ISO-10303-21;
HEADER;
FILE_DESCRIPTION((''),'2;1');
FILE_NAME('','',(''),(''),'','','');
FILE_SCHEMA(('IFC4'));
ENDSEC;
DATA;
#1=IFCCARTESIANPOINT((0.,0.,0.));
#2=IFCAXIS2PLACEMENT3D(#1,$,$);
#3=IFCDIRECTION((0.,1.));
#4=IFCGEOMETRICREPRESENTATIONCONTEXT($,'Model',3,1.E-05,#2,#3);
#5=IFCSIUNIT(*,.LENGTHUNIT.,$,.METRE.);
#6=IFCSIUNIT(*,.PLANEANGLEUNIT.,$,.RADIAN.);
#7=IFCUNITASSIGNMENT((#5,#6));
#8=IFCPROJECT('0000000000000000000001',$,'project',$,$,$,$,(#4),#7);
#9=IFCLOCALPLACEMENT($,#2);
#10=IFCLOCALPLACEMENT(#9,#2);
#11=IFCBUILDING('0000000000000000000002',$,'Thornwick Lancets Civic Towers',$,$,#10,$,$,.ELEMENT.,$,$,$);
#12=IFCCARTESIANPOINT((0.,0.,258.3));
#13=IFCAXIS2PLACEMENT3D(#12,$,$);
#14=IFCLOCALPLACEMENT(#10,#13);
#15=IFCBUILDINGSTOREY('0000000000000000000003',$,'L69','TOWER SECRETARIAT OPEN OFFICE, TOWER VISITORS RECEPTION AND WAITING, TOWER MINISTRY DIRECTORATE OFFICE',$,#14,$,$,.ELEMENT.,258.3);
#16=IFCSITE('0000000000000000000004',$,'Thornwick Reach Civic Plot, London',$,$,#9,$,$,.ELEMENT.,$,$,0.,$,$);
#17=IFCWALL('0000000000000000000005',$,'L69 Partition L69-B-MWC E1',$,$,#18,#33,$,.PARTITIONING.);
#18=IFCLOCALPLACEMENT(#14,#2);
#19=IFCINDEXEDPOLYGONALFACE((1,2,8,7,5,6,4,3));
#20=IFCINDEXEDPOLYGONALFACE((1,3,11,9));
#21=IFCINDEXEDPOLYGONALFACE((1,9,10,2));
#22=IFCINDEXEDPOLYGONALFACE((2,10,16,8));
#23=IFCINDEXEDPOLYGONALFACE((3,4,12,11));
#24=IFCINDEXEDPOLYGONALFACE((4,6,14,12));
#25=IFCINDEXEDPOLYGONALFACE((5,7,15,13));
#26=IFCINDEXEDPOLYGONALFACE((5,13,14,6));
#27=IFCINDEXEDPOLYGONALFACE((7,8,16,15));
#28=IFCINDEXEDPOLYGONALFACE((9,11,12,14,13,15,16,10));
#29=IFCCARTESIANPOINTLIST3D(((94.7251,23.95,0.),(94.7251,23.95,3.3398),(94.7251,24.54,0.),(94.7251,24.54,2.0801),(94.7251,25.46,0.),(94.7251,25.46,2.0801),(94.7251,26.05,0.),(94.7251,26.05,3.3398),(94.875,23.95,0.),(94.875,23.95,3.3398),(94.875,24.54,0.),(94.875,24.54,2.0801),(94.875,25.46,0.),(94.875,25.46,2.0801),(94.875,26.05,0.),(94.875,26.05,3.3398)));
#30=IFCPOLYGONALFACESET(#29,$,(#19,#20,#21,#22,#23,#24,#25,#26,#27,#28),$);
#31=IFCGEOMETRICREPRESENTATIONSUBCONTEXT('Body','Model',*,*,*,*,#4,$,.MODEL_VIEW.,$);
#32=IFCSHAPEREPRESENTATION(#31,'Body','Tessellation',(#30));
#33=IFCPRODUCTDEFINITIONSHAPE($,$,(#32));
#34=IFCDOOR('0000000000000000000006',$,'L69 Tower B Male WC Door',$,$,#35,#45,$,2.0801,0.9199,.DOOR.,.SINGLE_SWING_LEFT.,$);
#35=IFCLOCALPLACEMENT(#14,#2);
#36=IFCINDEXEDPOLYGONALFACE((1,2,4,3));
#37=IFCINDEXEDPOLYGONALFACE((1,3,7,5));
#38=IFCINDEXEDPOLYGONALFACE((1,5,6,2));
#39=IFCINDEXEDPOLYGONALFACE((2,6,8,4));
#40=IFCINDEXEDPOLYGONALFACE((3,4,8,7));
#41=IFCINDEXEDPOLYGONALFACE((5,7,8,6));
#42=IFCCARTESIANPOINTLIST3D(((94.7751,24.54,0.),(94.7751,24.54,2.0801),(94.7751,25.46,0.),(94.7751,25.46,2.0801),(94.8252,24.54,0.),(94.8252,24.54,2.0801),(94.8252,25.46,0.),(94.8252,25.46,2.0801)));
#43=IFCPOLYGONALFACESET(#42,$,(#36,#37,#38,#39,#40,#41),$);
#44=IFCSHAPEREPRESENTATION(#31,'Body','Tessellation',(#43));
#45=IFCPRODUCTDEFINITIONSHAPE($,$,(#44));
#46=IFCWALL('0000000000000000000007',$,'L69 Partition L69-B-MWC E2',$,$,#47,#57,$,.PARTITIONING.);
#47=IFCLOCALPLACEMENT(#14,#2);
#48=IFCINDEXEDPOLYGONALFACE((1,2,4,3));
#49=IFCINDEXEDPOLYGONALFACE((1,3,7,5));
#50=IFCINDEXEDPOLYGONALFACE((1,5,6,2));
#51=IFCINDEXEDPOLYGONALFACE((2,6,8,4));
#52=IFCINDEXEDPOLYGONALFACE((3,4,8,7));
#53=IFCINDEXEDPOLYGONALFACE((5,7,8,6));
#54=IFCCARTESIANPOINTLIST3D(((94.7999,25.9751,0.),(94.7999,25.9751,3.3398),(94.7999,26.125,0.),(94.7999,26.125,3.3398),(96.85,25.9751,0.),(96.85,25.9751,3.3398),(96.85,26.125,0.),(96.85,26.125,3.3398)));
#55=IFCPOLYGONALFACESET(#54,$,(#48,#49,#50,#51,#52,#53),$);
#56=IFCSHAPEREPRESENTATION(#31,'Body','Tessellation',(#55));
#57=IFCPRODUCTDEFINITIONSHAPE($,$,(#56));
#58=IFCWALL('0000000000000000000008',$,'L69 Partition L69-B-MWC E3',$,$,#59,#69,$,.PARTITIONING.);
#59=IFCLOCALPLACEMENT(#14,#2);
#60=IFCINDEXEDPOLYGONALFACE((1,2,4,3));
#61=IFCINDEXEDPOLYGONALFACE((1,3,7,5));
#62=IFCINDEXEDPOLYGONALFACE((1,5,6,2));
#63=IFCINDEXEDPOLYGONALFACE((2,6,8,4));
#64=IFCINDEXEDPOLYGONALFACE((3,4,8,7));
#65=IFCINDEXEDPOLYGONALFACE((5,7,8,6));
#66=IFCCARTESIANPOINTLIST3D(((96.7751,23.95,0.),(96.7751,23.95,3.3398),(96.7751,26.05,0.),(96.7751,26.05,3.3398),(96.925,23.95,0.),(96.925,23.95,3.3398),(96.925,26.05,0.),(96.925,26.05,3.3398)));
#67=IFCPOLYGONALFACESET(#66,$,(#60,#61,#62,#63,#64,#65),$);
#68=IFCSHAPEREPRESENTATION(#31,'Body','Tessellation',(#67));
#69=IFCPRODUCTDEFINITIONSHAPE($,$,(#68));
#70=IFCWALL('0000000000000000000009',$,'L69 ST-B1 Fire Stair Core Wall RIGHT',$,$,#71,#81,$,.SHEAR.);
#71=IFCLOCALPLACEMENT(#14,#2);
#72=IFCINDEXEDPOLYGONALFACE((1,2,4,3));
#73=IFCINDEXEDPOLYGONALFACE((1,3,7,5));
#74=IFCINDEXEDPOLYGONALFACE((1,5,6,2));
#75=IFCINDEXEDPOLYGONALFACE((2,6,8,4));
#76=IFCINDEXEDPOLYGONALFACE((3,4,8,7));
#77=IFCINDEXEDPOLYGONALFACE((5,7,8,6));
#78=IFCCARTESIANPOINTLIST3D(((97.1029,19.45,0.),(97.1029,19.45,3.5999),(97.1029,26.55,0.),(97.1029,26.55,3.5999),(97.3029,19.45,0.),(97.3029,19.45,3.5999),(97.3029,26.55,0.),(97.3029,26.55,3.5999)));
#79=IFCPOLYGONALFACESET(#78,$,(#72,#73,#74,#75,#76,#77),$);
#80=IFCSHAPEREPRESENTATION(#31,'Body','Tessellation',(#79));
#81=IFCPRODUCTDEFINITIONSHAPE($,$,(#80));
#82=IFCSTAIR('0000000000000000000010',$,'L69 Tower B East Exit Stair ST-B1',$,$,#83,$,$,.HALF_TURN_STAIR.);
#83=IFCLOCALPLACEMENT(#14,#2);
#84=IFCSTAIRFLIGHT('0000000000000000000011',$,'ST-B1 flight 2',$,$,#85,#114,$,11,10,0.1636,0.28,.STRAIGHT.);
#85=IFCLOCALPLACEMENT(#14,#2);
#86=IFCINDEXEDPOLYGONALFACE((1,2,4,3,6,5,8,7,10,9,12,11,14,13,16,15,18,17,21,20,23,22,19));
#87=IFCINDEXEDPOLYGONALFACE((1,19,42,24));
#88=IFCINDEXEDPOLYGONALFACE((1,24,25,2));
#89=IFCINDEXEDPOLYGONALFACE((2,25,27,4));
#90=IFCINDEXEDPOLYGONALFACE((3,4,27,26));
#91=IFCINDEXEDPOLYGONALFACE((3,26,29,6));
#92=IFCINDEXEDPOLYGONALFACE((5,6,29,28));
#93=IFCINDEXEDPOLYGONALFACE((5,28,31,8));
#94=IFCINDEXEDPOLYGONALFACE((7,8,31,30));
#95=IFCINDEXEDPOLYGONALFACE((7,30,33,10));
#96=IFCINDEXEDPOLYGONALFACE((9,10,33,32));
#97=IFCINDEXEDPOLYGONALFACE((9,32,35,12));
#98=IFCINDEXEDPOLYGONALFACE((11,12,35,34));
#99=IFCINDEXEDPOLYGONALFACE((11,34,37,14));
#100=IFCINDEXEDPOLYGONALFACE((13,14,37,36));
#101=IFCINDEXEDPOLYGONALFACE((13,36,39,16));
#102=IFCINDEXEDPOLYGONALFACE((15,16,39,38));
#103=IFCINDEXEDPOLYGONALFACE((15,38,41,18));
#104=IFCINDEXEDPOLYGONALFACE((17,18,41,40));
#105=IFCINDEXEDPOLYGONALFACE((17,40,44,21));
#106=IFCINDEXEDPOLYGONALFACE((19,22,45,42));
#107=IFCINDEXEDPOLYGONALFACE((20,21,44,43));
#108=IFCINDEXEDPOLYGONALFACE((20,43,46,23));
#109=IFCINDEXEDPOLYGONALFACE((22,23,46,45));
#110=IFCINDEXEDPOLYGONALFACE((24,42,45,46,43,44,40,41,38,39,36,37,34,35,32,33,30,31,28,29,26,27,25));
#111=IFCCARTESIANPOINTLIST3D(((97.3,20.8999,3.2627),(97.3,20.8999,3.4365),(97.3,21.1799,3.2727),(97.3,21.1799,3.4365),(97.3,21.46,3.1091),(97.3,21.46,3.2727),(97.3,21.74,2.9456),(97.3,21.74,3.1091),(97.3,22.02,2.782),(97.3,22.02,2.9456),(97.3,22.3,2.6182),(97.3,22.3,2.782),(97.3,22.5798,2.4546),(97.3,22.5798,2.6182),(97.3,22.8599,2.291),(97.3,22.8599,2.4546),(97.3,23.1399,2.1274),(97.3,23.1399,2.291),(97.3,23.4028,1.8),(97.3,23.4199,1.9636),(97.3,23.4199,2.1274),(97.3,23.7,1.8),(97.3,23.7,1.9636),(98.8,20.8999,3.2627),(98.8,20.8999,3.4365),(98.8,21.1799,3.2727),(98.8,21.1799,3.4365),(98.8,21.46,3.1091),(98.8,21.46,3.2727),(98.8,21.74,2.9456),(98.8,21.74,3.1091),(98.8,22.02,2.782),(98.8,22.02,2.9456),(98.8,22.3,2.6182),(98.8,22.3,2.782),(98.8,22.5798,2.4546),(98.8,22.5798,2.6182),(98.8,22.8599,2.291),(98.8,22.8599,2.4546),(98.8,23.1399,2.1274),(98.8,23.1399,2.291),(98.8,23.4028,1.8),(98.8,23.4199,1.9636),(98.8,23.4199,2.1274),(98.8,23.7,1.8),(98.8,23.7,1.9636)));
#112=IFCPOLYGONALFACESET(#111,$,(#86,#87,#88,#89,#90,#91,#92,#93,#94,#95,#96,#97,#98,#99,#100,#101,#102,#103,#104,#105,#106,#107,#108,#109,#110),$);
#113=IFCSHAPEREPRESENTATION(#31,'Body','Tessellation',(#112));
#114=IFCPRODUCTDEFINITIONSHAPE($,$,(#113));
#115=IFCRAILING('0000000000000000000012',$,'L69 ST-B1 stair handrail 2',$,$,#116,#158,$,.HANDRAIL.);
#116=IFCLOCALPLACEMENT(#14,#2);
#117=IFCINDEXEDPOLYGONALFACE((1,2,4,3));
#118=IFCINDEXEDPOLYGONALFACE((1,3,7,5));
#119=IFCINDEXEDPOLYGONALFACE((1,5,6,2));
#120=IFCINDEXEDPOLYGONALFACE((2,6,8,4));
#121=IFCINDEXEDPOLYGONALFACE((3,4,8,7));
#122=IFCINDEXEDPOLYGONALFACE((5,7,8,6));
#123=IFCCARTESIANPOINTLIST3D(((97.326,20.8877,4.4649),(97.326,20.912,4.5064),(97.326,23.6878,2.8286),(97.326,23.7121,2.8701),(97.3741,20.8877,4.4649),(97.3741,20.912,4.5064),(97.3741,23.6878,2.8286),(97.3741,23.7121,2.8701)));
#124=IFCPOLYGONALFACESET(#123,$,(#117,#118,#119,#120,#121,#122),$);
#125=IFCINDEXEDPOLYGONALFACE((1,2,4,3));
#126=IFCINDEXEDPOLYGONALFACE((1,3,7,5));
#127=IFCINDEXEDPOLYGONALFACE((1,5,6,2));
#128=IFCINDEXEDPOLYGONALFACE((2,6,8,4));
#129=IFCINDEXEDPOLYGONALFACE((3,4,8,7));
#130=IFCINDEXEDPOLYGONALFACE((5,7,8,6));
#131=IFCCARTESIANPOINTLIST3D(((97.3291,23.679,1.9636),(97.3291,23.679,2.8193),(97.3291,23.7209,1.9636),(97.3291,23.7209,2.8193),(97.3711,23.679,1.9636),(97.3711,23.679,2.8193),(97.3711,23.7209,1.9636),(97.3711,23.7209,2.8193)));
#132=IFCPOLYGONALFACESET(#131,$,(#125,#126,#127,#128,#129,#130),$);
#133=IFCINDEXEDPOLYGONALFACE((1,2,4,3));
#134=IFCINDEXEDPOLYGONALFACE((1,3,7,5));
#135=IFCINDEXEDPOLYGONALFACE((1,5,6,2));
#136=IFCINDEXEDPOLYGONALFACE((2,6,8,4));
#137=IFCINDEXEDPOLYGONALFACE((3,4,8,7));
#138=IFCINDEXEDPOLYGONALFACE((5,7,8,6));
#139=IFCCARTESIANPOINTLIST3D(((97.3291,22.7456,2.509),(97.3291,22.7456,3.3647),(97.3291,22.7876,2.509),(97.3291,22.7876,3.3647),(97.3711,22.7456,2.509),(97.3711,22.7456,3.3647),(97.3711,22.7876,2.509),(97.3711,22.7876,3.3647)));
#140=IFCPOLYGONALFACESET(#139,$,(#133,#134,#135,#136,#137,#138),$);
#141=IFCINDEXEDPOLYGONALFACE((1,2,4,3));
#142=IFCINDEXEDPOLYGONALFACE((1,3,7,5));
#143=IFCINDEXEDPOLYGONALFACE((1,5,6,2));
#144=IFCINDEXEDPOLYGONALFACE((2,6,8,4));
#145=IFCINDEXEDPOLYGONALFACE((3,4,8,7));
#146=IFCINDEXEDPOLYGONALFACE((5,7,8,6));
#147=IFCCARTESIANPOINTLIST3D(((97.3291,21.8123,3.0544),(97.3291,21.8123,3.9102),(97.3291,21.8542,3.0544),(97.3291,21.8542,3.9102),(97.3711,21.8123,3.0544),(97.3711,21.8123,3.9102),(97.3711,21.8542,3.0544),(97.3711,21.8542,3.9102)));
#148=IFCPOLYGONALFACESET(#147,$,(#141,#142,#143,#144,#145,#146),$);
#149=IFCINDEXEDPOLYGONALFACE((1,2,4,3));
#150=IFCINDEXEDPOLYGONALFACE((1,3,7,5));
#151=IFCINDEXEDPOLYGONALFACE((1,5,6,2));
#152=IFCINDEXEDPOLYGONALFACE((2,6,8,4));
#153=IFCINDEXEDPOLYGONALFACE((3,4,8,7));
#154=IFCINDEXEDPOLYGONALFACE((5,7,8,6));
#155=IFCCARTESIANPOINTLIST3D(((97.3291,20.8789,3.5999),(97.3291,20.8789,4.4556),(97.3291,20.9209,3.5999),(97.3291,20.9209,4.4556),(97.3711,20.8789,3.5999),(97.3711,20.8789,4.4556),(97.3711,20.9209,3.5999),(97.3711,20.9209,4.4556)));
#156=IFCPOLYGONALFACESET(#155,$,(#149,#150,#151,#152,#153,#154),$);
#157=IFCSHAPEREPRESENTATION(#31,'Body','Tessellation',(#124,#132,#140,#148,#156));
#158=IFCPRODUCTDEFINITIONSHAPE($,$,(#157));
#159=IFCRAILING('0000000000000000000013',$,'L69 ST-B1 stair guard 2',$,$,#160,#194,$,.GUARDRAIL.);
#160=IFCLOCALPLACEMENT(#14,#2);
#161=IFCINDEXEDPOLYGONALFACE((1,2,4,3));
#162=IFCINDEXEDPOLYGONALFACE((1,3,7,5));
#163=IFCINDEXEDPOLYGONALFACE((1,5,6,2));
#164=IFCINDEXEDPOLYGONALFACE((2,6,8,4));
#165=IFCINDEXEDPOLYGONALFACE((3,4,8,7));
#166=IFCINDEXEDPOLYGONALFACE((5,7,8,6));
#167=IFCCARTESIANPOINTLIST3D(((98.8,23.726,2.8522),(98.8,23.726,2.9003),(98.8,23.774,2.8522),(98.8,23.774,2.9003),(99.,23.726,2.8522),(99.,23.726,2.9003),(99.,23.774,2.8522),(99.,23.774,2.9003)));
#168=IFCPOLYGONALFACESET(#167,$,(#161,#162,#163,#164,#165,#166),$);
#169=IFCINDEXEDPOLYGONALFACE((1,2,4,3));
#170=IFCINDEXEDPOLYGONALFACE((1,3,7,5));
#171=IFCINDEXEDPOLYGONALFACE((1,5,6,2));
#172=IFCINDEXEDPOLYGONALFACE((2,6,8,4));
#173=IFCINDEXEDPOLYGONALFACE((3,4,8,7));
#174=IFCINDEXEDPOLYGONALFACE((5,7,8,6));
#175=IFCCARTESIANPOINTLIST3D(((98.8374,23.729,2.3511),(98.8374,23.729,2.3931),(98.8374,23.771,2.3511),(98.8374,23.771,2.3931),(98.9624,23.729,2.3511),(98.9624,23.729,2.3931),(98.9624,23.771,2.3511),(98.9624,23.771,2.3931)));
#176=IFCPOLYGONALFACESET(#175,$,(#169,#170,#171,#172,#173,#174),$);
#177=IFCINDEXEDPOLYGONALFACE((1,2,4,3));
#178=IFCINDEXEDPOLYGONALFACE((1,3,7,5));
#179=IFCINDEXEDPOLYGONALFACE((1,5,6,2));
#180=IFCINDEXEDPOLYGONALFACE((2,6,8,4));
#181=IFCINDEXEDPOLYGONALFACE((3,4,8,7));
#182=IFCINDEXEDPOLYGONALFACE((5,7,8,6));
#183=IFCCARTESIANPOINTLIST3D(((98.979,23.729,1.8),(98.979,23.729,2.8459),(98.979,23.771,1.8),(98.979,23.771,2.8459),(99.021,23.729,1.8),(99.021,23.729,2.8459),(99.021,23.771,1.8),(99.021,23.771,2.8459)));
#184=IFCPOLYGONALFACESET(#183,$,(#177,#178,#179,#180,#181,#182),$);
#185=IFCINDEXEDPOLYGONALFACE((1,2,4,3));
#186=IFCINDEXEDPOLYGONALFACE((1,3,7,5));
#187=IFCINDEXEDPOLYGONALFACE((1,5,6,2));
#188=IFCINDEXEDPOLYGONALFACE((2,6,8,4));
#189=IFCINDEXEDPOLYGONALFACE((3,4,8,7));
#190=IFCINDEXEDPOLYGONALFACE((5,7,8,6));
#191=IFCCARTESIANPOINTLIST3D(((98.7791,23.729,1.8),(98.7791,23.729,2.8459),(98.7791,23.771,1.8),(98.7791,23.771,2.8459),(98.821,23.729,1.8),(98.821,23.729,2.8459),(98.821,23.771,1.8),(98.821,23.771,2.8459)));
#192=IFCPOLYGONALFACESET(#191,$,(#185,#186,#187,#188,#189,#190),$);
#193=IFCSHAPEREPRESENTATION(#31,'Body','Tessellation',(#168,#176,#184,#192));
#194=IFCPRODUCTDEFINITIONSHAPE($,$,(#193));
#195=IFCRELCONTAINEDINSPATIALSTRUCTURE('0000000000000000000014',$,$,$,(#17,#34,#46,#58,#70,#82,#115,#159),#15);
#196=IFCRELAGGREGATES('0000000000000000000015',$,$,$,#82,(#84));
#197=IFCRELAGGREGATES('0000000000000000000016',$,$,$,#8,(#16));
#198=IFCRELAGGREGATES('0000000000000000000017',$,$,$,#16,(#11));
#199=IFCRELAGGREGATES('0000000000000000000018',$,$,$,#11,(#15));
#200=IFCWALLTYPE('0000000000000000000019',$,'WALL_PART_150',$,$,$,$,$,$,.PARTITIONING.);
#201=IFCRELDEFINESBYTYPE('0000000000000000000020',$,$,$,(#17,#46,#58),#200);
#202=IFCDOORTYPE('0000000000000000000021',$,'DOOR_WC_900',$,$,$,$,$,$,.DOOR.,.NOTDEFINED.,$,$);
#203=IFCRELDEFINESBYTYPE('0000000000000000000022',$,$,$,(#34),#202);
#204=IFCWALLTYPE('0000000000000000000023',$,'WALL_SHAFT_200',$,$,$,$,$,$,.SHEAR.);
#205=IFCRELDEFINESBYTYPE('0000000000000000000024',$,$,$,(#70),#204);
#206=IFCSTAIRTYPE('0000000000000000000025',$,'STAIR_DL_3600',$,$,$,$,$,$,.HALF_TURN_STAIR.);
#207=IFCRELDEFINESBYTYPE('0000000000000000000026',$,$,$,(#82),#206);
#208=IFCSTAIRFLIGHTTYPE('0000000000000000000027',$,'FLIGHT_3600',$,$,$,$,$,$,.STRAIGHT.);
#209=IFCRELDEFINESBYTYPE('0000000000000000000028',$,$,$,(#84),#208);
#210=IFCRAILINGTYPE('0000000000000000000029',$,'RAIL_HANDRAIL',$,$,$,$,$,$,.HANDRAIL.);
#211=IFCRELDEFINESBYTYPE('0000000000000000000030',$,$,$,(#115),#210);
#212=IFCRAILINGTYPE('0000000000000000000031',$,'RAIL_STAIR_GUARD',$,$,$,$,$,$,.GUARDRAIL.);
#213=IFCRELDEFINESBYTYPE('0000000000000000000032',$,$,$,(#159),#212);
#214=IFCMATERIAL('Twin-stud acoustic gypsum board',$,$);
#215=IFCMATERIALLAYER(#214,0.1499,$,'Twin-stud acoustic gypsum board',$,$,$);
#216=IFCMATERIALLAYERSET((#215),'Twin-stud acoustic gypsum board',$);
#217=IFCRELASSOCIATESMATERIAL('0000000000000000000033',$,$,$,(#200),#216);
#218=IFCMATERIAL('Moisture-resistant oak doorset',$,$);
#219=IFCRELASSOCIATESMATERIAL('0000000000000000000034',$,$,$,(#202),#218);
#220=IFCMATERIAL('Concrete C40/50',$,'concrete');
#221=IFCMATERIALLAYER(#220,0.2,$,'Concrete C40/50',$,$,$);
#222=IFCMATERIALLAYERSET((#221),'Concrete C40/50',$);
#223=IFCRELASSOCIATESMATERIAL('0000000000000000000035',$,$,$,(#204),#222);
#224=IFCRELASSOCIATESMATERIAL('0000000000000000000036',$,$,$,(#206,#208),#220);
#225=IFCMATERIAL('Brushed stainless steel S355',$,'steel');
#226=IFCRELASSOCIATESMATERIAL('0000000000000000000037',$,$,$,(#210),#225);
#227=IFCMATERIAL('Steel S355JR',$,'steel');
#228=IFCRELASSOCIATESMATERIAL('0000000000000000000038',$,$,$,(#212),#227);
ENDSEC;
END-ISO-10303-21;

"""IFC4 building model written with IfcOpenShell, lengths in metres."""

from ifc_helpers import new_model, si_unit, direction, frame, frame_2d, origin, origin_2d, place, context, subcontext, project, spatial, polyline, rectangle, outline, extrude, material, layer, layer_set, type_object, element, fill, aggregate, save


model = new_model("IFC4")

# Units and contexts
model_context = context("Model", 3, precision=1e-05, world=origin(), true_north=direction((0.0, 1.0)))
body_context = subcontext(model_context, "Body", "Model", "MODEL_VIEW")
ifc_project = project(units=[si_unit("LENGTHUNIT", "METRE"), si_unit("PLANEANGLEUNIT", "RADIAN")], contexts=[model_context])

# Site, building, storey
site_placement = place(None, origin())
site = spatial("IfcSite", under=ifc_project, at=site_placement, Name="Thornwick Reach Civic Plot, London", CompositionType="ELEMENT", RefElevation=0.0)
building_placement = place(site_placement, origin())
building = spatial("IfcBuilding", under=site, at=building_placement, Name="Thornwick Lancets Civic Towers", CompositionType="ELEMENT")
storey_placement = place(building_placement, frame((0.0, 0.0, 258.3)))
storey = spatial("IfcBuildingStorey", under=building, at=storey_placement, Name="L69", Description="TOWER SECRETARIAT OPEN OFFICE, TOWER VISITORS RECEPTION AND WAITING, TOWER MINISTRY DIRECTORATE OFFICE", CompositionType="ELEMENT", Elevation=258.3)

# Shared definitions
ifc_material_1 = material(Name="Steel S355JR", Category="steel")

# Wall, opening, door
ifc_material_2 = material(Name="Twin-stud acoustic gypsum board")
ifc_layer_1 = layer(ifc_material_2, 0.1499, Name="Twin-stud acoustic gypsum board")
ifc_layer_set_1 = layer_set([ifc_layer_1], Name="Twin-stud acoustic gypsum board")
wall_type_1 = type_object("IfcWallType", Name="WALL_PART_150", PredefinedType="PARTITIONING", material=ifc_layer_set_1)
wall_1_placement = place(storey_placement, frame((94.8, 23.95, 0.0), z_axis=(0.0, 0.0, 1.0), x_axis=(0.0, 1.0, 0.0)))
wall_1 = element("IfcWall", 1, at=wall_1_placement, inside=storey, type_object=wall_type_1, Name="L69 Partition L69-B-MWC E1", PredefinedType="PARTITIONING", context=body_context, shape_type="SweptSolid", body=[
    extrude(rectangle(XDim=2.1001, YDim=0.1499, at=frame_2d((1.05, 0.0))), origin(), (0.0, 0.0, 1.0), 3.3398),
])
opening_1_placement = place(wall_1_placement, frame((0.5901, 0.0, 0.0)))
opening_1 = element("IfcOpeningElement", 2, at=opening_1_placement, cuts=wall_1, PredefinedType="OPENING", context=body_context, shape_type="SweptSolid", body=[
    extrude(rectangle(XDim=0.9199, YDim=2.0801, at=frame_2d((0.46, 1.04))), frame((0.0, 0.085, 0.0), z_axis=(0.0, -1.0, 0.0), x_axis=(1.0, 0.0, 0.0)), (0.0, 0.0, 1.0), 0.1699),
])
ifc_material_3 = material(Name="Moisture-resistant oak doorset")
door_type_1 = type_object("IfcDoorType", Name="DOOR_WC_900", OperationType="NOTDEFINED", PredefinedType="DOOR", material=ifc_material_3)
door_1_placement = place(opening_1_placement, origin())
door_1 = element("IfcDoor", 3, at=door_1_placement, inside=storey, type_object=door_type_1, Name="L69 Tower B Male WC Door", OperationType="SINGLE_SWING_LEFT", OverallHeight=2.0801, OverallWidth=0.9199, PredefinedType="DOOR", context=body_context, shape_type="SweptSolid", body=[
    extrude(rectangle(XDim=0.9199, YDim=2.0801, at=frame_2d((0.46, 1.04))), frame((0.0, 0.0249, 0.0), z_axis=(0.0, -1.0, 0.0), x_axis=(1.0, 0.0, 0.0)), (0.0, 0.0, 1.0), 0.05),
])
fill(opening_1, door_1)

# Walls
wall_2_placement = place(storey_placement, frame((94.8, 26.05, 0.0), z_axis=(0.0, 0.0, 1.0), x_axis=(1.0, 0.0, 0.0)))
element("IfcWall", 4, at=wall_2_placement, inside=storey, type_object=wall_type_1, Name="L69 Partition L69-B-MWC E2", PredefinedType="PARTITIONING", context=body_context, shape_type="SweptSolid", body=[
    extrude(rectangle(XDim=2.05, YDim=0.1499, at=frame_2d((1.0249, 0.0))), origin(), (0.0, 0.0, 1.0), 3.3398),
])
wall_3_placement = place(storey_placement, frame((96.8501, 26.05, 0.0), z_axis=(0.0, 0.0, 1.0), x_axis=(0.0, -1.0, 0.0)))
element("IfcWall", 5, at=wall_3_placement, inside=storey, type_object=wall_type_1, Name="L69 Partition L69-B-MWC E3", PredefinedType="PARTITIONING", context=body_context, shape_type="SweptSolid", body=[
    extrude(rectangle(XDim=2.1001, YDim=0.1499, at=frame_2d((1.05, 0.0))), origin(), (0.0, 0.0, 1.0), 3.3398),
])
ifc_material_4 = material(Name="Concrete C40/50", Category="concrete")
ifc_layer_2 = layer(ifc_material_4, 0.2, Name="Concrete C40/50")
ifc_layer_set_2 = layer_set([ifc_layer_2], Name="Concrete C40/50")
wall_type_2 = type_object("IfcWallType", Name="WALL_SHAFT_200", PredefinedType="SHEAR", material=ifc_layer_set_2)
wall_4_placement = place(storey_placement, frame((97.2029, 26.55, 0.0), z_axis=(0.0, 0.0, 1.0), x_axis=(0.0, -1.0, 0.0)))
element("IfcWall", 6, at=wall_4_placement, inside=storey, type_object=wall_type_2, Name="L69 ST-B1 Fire Stair Core Wall RIGHT", PredefinedType="SHEAR", context=body_context, shape_type="SweptSolid", body=[
    extrude(rectangle(XDim=7.1001, YDim=0.2, at=frame_2d((3.55, 0.0))), origin(), (0.0, 0.0, 1.0), 3.5999),
])

# Stair, stair flight
stair_type = type_object("IfcStairType", Name="STAIR_DL_3600", PredefinedType="HALF_TURN_STAIR", material=ifc_material_4)
stair_placement = place(storey_placement, origin())
stair = element("IfcStair", 7, at=stair_placement, inside=storey, type_object=stair_type, Name="L69 Tower B East Exit Stair ST-B1", PredefinedType="HALF_TURN_STAIR")
stair_flight_type = type_object("IfcStairFlightType", Name="FLIGHT_3600", PredefinedType="STRAIGHT", material=ifc_material_4)
stair_flight_placement = place(storey_placement, frame((98.05, 23.7, 1.8), z_axis=(0.0, 0.0, 1.0), x_axis=(0.0, -1.0, 0.0)))
stair_flight = element("IfcStairFlight", 8, at=stair_flight_placement, type_object=stair_flight_type, Name="ST-B1 flight 2", NumberOfRisers=11, NumberOfTreads=10, PredefinedType="STRAIGHT", RiserHeight=0.1636, TreadLength=0.28, context=body_context, shape_type="SweptSolid", body=[
    extrude(outline(polyline([(0.0, 0.0), (0.0, 0.1636), (0.28, 0.1636), (0.28, 0.3274), (0.5601, 0.3274), (0.5601, 0.491), (0.8401, 0.491), (0.8401, 0.6545), (1.1201, 0.6545), (1.1201, 0.8181), (1.3999, 0.8181), (1.3999, 0.9819), (1.6799, 0.9819), (1.6799, 1.1455), (1.96, 1.1455), (1.96, 1.3091), (2.24, 1.3091), (2.24, 1.4727), (2.52, 1.4727), (2.52, 1.6365), (2.8, 1.6365), (2.8, 1.8), (2.8, 1.4626), (0.2971, 0.0), (0.0, 0.0)])), frame((0.0, 0.75, 0.0), z_axis=(0.0, -1.0, 0.0), x_axis=(1.0, 0.0, 0.0)), (0.0, 0.0, 1.0), 1.5),
])
aggregate(stair, [stair_flight])

# Railings
ifc_material_5 = material(Name="Brushed stainless steel S355", Category="steel")
railing_type_1 = type_object("IfcRailingType", Name="RAIL_HANDRAIL", PredefinedType="HANDRAIL", material=ifc_material_5)
railing_1_placement = place(storey_placement, frame((97.3501, 23.7, 1.9636)))
element("IfcRailing", 9, at=railing_1_placement, inside=storey, type_object=railing_type_1, Name="L69 ST-B1 stair handrail 2", PredefinedType="HANDRAIL", context=body_context, shape_type="SweptSolid", body=[
    extrude(rectangle(XDim=0.0481, YDim=0.0481, at=origin_2d()), frame((0.0, 0.0, 0.8857), z_axis=(0.0, -0.863394, 0.504531), x_axis=(1.0, 0.0, 0.0)), (0.0, 0.0, 1.0), 3.2432),
    extrude(rectangle(XDim=0.042, YDim=0.042, at=origin_2d()), origin(), (0.0, 0.0, 1.0), 0.8557),
    extrude(rectangle(XDim=0.042, YDim=0.042, at=origin_2d()), frame((0.0, -0.9333, 0.5454)), (0.0, 0.0, 1.0), 0.8557),
    extrude(rectangle(XDim=0.042, YDim=0.042, at=origin_2d()), frame((0.0, -1.8667, 1.0908)), (0.0, 0.0, 1.0), 0.8557),
    extrude(rectangle(XDim=0.042, YDim=0.042, at=origin_2d()), frame((0.0, -2.8, 1.6362)), (0.0, 0.0, 1.0), 0.8557),
])
railing_type_2 = type_object("IfcRailingType", Name="RAIL_STAIR_GUARD", PredefinedType="GUARDRAIL", material=ifc_material_1)
railing_2_placement = place(storey_placement, frame((99.0, 23.75, 1.8)))
element("IfcRailing", 10, at=railing_2_placement, inside=storey, type_object=railing_type_2, Name="L69 ST-B1 stair guard 2", PredefinedType="GUARDRAIL", context=body_context, shape_type="SweptSolid", body=[
    extrude(rectangle(XDim=0.0481, YDim=0.0481, at=origin_2d()), frame((0.0, 0.0, 1.0762), z_axis=(-1.0, 0.0, 0.0), x_axis=(0.0, -1.0, 0.0)), (0.0, 0.0, 1.0), 0.2),
    extrude(rectangle(XDim=0.042, YDim=0.042, at=origin_2d()), frame((-0.0376, 0.0, 0.572), z_axis=(-1.0, 0.0, 0.0), x_axis=(0.0, -1.0, 0.0)), (0.0, 0.0, 1.0), 0.125),
    extrude(rectangle(XDim=0.042, YDim=0.042, at=origin_2d()), origin(), (0.0, 0.0, 1.0), 1.0459),
    extrude(rectangle(XDim=0.042, YDim=0.042, at=origin_2d()), frame((-0.2, 0.0, 0.0)), (0.0, 0.0, 1.0), 1.0459),
])

save(model, "model.ifc")
